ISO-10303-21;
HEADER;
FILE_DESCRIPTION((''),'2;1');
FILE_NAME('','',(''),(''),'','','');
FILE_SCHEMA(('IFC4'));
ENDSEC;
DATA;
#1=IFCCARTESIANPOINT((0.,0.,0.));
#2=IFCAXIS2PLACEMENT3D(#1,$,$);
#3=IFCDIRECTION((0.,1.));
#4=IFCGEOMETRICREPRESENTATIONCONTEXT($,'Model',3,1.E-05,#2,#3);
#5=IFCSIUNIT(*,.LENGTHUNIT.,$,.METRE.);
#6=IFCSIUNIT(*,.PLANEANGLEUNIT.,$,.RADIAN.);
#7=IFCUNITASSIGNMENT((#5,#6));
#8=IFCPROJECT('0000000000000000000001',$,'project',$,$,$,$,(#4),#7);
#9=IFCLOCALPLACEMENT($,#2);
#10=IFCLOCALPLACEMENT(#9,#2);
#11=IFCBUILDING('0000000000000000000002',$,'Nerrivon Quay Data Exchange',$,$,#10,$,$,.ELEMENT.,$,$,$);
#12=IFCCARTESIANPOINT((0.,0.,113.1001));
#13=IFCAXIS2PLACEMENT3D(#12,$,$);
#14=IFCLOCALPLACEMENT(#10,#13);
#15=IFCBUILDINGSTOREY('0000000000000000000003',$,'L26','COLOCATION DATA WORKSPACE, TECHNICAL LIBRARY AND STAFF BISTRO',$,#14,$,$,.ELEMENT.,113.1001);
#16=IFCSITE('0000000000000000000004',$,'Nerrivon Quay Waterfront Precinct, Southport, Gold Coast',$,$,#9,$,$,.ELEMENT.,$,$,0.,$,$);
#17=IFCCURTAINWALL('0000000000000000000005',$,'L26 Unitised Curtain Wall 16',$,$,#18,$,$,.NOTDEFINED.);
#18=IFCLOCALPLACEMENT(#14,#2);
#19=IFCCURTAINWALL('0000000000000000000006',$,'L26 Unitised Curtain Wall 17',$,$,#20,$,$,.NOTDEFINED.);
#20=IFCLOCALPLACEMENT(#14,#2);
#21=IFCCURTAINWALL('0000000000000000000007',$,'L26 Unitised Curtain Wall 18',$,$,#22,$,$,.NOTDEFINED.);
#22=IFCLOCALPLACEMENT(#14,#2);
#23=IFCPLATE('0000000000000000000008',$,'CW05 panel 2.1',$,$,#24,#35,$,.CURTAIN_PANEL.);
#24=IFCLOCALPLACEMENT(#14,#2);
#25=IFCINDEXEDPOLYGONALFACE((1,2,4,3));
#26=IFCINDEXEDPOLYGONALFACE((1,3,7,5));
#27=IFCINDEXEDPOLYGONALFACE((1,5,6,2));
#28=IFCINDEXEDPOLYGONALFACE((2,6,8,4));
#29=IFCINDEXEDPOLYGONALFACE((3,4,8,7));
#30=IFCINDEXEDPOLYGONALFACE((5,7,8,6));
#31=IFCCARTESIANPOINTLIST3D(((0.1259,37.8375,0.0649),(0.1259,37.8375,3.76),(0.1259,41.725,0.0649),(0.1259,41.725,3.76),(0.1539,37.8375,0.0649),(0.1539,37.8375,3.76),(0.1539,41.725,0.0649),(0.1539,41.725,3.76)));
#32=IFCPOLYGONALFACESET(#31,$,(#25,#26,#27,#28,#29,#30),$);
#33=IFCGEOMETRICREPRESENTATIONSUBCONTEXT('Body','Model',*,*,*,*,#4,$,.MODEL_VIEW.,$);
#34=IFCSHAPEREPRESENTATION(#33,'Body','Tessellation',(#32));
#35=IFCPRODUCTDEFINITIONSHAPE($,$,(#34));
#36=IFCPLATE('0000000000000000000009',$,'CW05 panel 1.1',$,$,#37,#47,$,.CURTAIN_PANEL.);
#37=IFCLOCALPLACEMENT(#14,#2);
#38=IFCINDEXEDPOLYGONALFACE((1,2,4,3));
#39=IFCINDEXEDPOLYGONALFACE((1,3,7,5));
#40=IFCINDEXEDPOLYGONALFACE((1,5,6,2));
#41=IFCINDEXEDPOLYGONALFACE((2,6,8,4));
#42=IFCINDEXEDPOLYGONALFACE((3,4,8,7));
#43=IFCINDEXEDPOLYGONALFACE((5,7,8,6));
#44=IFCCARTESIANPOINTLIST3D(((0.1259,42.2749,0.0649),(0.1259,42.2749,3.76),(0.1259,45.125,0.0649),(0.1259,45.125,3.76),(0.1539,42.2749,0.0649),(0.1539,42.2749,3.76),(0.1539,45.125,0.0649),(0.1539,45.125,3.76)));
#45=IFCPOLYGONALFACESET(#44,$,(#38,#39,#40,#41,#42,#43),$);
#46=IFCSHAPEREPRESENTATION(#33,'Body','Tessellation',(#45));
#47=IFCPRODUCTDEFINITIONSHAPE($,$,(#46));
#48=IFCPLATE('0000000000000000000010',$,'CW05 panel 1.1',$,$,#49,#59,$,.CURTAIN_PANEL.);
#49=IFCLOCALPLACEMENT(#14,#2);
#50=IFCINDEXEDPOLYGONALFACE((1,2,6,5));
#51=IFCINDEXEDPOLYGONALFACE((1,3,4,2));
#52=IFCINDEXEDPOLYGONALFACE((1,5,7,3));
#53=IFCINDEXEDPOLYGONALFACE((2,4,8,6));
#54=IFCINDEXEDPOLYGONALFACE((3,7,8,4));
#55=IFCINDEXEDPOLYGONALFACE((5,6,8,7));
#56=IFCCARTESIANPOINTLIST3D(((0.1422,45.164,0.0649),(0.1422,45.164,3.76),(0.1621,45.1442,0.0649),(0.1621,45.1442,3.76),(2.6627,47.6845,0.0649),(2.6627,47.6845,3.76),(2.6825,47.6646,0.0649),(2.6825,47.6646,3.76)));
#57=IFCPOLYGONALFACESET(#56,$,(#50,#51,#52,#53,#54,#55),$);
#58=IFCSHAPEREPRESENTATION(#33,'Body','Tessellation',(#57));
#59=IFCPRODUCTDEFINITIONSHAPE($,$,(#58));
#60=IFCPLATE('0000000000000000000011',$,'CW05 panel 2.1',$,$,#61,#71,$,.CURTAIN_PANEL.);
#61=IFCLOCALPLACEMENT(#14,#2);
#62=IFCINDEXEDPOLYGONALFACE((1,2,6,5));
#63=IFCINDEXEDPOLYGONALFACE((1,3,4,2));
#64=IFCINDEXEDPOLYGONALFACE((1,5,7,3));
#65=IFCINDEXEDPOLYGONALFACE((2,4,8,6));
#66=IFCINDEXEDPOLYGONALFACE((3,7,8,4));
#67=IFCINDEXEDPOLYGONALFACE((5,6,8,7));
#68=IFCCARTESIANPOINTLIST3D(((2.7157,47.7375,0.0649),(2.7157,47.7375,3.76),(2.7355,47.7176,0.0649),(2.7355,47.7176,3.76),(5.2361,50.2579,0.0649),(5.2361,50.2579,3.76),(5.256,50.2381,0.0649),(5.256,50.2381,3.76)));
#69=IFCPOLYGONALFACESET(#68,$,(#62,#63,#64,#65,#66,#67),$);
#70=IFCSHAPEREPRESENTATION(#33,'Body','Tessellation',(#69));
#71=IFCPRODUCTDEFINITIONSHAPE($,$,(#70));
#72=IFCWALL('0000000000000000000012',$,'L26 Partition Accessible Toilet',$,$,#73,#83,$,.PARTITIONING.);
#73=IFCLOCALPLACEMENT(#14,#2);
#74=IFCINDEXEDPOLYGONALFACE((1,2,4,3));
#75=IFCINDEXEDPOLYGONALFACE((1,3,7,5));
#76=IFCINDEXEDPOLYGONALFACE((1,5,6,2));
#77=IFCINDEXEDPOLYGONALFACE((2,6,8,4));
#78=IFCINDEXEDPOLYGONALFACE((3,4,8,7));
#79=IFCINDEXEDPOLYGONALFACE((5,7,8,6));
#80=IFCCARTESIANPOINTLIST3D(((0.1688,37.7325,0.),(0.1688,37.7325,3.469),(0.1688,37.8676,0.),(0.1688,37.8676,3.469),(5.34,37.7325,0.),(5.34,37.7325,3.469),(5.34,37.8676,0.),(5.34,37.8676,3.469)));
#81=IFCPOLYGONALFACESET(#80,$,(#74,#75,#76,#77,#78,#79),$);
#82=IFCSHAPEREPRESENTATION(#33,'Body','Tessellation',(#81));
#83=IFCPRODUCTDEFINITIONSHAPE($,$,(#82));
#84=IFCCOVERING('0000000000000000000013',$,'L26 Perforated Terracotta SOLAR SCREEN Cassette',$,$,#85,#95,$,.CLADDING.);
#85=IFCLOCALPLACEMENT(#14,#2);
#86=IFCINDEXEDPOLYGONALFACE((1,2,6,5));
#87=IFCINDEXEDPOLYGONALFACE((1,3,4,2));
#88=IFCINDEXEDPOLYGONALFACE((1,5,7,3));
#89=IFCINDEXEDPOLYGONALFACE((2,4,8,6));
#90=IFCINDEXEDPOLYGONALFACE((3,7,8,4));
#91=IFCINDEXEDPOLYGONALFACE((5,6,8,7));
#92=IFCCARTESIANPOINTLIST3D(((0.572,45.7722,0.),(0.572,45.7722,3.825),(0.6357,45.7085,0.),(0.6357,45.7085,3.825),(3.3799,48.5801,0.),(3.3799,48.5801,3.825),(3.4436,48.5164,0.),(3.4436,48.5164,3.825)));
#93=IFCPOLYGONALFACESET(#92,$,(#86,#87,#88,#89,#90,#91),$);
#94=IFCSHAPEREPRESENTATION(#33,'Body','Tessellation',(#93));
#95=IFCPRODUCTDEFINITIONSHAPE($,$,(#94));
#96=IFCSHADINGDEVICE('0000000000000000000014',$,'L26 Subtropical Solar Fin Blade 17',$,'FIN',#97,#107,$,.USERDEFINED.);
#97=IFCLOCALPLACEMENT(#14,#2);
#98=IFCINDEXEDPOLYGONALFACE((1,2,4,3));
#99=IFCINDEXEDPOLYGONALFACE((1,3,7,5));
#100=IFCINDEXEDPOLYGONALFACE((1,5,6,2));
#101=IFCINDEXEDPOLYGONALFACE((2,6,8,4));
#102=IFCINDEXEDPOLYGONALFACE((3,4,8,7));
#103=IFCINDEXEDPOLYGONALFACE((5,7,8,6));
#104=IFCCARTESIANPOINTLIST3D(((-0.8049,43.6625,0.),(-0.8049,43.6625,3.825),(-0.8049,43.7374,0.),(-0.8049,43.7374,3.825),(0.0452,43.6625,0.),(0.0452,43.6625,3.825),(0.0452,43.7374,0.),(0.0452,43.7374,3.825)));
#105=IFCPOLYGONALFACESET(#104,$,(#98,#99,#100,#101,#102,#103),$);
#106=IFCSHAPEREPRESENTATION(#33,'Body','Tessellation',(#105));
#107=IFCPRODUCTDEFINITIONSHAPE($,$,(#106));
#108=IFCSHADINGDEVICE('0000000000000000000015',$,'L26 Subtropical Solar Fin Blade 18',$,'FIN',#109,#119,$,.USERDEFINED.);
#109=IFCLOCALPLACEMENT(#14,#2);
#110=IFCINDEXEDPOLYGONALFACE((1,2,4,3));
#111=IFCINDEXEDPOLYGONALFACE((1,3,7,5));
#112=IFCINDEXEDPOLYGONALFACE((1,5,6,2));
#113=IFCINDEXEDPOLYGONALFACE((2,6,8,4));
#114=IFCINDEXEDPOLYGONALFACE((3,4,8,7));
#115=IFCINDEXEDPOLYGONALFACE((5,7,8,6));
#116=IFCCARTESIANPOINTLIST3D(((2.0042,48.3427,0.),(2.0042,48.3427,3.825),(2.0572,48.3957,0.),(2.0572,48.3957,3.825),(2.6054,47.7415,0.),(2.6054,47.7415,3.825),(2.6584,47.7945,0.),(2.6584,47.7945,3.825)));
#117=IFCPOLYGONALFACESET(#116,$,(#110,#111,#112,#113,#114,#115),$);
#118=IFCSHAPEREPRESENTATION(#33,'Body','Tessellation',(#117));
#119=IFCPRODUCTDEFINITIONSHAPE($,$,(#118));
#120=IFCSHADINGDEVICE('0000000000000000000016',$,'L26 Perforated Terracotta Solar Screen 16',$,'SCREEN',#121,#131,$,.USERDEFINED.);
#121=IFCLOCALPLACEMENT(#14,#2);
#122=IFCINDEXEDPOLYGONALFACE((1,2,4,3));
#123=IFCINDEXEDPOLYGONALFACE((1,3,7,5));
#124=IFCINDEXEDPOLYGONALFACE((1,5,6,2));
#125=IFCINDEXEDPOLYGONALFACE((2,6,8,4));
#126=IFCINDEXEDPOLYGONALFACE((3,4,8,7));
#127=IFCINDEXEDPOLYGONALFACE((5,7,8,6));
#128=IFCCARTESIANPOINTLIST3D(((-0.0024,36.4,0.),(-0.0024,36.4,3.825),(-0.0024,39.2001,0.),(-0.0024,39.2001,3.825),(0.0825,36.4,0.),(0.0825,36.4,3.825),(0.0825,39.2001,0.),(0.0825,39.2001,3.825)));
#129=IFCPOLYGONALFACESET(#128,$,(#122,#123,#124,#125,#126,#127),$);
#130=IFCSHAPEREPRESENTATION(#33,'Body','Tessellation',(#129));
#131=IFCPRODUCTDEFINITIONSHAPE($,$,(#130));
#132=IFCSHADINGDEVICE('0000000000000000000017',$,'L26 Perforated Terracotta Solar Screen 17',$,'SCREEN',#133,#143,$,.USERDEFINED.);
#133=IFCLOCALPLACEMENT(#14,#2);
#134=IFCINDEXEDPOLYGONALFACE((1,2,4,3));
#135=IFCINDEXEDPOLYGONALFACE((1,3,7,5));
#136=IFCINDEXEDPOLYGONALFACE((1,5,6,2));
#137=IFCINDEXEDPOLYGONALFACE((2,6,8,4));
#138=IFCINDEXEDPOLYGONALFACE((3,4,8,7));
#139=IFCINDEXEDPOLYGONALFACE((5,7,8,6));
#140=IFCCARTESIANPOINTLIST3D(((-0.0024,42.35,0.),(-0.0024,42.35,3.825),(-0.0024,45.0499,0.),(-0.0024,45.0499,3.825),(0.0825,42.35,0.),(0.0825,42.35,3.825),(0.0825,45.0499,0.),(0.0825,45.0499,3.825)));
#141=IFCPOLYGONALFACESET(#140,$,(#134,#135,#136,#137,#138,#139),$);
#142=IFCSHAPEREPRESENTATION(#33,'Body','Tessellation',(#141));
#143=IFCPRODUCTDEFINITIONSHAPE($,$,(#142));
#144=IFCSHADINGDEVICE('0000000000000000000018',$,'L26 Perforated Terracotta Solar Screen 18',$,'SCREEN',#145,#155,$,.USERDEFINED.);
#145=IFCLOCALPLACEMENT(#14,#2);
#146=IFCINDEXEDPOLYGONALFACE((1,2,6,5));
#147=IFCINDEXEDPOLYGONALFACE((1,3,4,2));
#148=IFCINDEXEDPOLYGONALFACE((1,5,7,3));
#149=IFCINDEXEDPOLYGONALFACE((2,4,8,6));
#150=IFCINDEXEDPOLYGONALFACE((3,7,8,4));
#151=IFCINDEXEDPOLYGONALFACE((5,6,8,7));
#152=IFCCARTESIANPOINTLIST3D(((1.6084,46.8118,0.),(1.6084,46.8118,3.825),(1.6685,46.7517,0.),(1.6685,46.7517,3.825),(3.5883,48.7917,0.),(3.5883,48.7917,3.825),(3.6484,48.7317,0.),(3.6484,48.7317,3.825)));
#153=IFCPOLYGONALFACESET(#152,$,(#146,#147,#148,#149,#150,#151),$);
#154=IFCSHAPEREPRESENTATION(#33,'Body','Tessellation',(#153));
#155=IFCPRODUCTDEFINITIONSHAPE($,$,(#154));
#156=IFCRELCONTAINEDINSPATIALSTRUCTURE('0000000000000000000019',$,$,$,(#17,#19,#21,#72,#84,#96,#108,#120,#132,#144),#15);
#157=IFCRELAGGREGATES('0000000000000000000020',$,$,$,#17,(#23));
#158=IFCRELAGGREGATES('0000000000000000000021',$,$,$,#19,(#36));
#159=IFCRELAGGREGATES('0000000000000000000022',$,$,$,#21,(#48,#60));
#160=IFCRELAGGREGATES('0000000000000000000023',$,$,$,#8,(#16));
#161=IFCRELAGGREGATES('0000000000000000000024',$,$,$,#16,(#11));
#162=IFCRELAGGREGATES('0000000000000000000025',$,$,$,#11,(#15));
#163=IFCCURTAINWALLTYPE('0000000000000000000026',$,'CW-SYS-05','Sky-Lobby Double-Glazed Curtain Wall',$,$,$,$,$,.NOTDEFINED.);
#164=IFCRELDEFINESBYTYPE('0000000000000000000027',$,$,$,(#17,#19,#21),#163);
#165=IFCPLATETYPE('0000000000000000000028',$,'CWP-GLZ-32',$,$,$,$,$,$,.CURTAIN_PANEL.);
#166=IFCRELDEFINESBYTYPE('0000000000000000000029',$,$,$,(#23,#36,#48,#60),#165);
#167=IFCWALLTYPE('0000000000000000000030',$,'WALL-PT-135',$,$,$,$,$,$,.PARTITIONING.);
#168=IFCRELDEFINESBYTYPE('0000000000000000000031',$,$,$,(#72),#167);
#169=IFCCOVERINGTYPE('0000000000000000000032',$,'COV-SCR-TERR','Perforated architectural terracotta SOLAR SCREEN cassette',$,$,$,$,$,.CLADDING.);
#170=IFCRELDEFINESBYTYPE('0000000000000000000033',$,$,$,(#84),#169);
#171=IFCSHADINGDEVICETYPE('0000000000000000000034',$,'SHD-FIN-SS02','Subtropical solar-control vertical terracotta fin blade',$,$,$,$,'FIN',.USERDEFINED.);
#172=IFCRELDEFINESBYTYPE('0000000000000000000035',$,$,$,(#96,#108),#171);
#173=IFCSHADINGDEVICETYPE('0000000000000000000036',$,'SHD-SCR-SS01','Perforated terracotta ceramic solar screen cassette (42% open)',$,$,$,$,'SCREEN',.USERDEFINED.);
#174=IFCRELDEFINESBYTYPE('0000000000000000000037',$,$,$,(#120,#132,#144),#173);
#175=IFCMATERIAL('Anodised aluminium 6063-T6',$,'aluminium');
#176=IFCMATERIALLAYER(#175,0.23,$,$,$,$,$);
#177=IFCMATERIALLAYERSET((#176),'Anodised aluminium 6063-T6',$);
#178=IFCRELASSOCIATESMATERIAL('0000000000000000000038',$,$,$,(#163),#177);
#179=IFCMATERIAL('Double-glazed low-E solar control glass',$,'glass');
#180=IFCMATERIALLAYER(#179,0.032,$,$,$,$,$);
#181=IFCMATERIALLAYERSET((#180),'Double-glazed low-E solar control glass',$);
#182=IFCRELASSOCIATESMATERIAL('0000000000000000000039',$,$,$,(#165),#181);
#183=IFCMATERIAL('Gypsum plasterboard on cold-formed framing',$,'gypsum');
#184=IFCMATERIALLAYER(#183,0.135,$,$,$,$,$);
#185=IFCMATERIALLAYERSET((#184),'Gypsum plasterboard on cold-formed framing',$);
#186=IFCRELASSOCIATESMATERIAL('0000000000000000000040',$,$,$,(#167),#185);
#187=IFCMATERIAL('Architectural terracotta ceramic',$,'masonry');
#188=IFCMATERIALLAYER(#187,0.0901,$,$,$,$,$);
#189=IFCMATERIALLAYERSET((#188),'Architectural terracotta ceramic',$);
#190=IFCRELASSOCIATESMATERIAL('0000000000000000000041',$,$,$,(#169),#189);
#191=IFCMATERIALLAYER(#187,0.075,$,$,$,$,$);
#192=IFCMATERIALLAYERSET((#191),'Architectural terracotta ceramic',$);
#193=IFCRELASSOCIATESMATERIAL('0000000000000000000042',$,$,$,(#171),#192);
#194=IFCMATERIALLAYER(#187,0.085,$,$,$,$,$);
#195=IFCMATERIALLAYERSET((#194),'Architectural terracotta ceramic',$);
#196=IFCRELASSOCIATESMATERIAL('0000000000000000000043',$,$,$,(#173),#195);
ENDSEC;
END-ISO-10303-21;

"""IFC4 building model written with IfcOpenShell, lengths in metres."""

from ifc_helpers import new_model, si_unit, direction, frame, frame_2d, origin, origin_2d, place, context, subcontext, project, spatial, rectangle, extrude, material, layer, layer_set, type_object, element, aggregate, save


model = new_model("IFC4")

# Units and contexts
model_context = context("Model", 3, precision=1e-05, world=origin(), true_north=direction((0.0, 1.0)))
body_context = subcontext(model_context, "Body", "Model", "MODEL_VIEW")
ifc_project = project(units=[si_unit("LENGTHUNIT", "METRE"), si_unit("PLANEANGLEUNIT", "RADIAN")], contexts=[model_context])

# Site, building, storey
site_placement = place(None, origin())
site = spatial("IfcSite", under=ifc_project, at=site_placement, Name="Nerrivon Quay Waterfront Precinct, Southport, Gold Coast", CompositionType="ELEMENT", RefElevation=0.0)
building_placement = place(site_placement, origin())
building = spatial("IfcBuilding", under=site, at=building_placement, Name="Nerrivon Quay Data Exchange", CompositionType="ELEMENT")
storey_placement = place(building_placement, frame((0.0, 0.0, 113.1001)))
storey = spatial("IfcBuildingStorey", under=building, at=storey_placement, Name="L26", Description="COLOCATION DATA WORKSPACE, TECHNICAL LIBRARY AND STAFF BISTRO", CompositionType="ELEMENT", Elevation=113.1001)

# Curtain walls
ifc_material_1 = material(Name="Anodised aluminium 6063-T6", Category="aluminium")
ifc_layer_1 = layer(ifc_material_1, 0.23)
ifc_layer_set_1 = layer_set([ifc_layer_1], Name="Anodised aluminium 6063-T6")
curtain_wall_type = type_object("IfcCurtainWallType", Name="CW-SYS-05", Description="Sky-Lobby Double-Glazed Curtain Wall", PredefinedType="NOTDEFINED", material=ifc_layer_set_1)
curtain_wall_1_placement = place(storey_placement, origin())
curtain_wall_1 = element("IfcCurtainWall", 1, at=curtain_wall_1_placement, inside=storey, type_object=curtain_wall_type, Name="L26 Unitised Curtain Wall 16", PredefinedType="NOTDEFINED")
curtain_wall_2_placement = place(storey_placement, origin())
curtain_wall_2 = element("IfcCurtainWall", 2, at=curtain_wall_2_placement, inside=storey, type_object=curtain_wall_type, Name="L26 Unitised Curtain Wall 17", PredefinedType="NOTDEFINED")
curtain_wall_3_placement = place(storey_placement, origin())
curtain_wall_3 = element("IfcCurtainWall", 3, at=curtain_wall_3_placement, inside=storey, type_object=curtain_wall_type, Name="L26 Unitised Curtain Wall 18", PredefinedType="NOTDEFINED")

# Plates
ifc_material_2 = material(Name="Double-glazed low-E solar control glass", Category="glass")
ifc_layer_2 = layer(ifc_material_2, 0.032)
ifc_layer_set_2 = layer_set([ifc_layer_2], Name="Double-glazed low-E solar control glass")
plate_type = type_object("IfcPlateType", Name="CWP-GLZ-32", PredefinedType="CURTAIN_PANEL", material=ifc_layer_set_2)
plate_1_placement = place(storey_placement, frame((0.1399, 39.7812, 0.0649), z_axis=(0.0, 0.0, 1.0), x_axis=(0.0, 1.0, 0.0)))
plate_1 = element("IfcPlate", 4, at=plate_1_placement, type_object=plate_type, Name="CW05 panel 2.1", PredefinedType="CURTAIN_PANEL", context=body_context, shape_type="SweptSolid", body=[
    extrude(rectangle(XDim=3.8875, YDim=0.0281, at=origin_2d()), origin(), (0.0, 0.0, 1.0), 3.6951),
])
aggregate(curtain_wall_1, [plate_1])
plate_2_placement = place(storey_placement, frame((0.1399, 43.7, 0.0649), z_axis=(0.0, 0.0, 1.0), x_axis=(0.0, 1.0, 0.0)))
plate_2 = element("IfcPlate", 5, at=plate_2_placement, type_object=plate_type, Name="CW05 panel 1.1", PredefinedType="CURTAIN_PANEL", context=body_context, shape_type="SweptSolid", body=[
    extrude(rectangle(XDim=2.8501, YDim=0.0281, at=origin_2d()), origin(), (0.0, 0.0, 1.0), 3.6951),
])
aggregate(curtain_wall_2, [plate_2])
plate_3_placement = place(storey_placement, frame((1.4124, 46.4143, 0.0649), z_axis=(0.0, 0.0, 1.0), x_axis=(0.707107, 0.707107, 0.0)))
plate_3 = element("IfcPlate", 6, at=plate_3_placement, type_object=plate_type, Name="CW05 panel 1.1", PredefinedType="CURTAIN_PANEL", context=body_context, shape_type="SweptSolid", body=[
    extrude(rectangle(XDim=3.5645, YDim=0.0281, at=origin_2d()), origin(), (0.0, 0.0, 1.0), 3.6951),
])
plate_4_placement = place(storey_placement, frame((3.9858, 48.9878, 0.0649), z_axis=(0.0, 0.0, 1.0), x_axis=(0.707107, 0.707107, 0.0)))
plate_4 = element("IfcPlate", 7, at=plate_4_placement, type_object=plate_type, Name="CW05 panel 2.1", PredefinedType="CURTAIN_PANEL", context=body_context, shape_type="SweptSolid", body=[
    extrude(rectangle(XDim=3.5645, YDim=0.0281, at=origin_2d()), origin(), (0.0, 0.0, 1.0), 3.6951),
])
aggregate(curtain_wall_3, [plate_3, plate_4])

# Wall
ifc_material_3 = material(Name="Gypsum plasterboard on cold-formed framing", Category="gypsum")
ifc_layer_3 = layer(ifc_material_3, 0.135)
ifc_layer_set_3 = layer_set([ifc_layer_3], Name="Gypsum plasterboard on cold-formed framing")
wall_type = type_object("IfcWallType", Name="WALL-PT-135", PredefinedType="PARTITIONING", material=ifc_layer_set_3)
wall_placement = place(storey_placement, frame((0.1689, 37.8, 0.0), z_axis=(0.0, 0.0, 1.0), x_axis=(1.0, 0.0, 0.0)))
element("IfcWall", 8, at=wall_placement, inside=storey, type_object=wall_type, Name="L26 Partition Accessible Toilet", PredefinedType="PARTITIONING", context=body_context, shape_type="SweptSolid", body=[
    extrude(rectangle(XDim=5.1711, YDim=0.135, at=frame_2d((2.5854, 0.0))), origin(), (0.0, 0.0, 1.0), 3.469),
])

# Covering
ifc_material_4 = material(Name="Architectural terracotta ceramic", Category="masonry")
ifc_layer_4 = layer(ifc_material_4, 0.0901)
ifc_layer_set_4 = layer_set([ifc_layer_4], Name="Architectural terracotta ceramic")
covering_type = type_object("IfcCoveringType", Name="COV-SCR-TERR", Description="Perforated architectural terracotta SOLAR SCREEN cassette", PredefinedType="CLADDING", material=ifc_layer_set_4)
covering_placement = place(storey_placement, frame((2.0078, 47.1443, 0.0), z_axis=(0.0, 0.0, 1.0), x_axis=(0.707107, 0.707107, 0.0)))
element("IfcCovering", 9, at=covering_placement, inside=storey, type_object=covering_type, Name="L26 Perforated Terracotta SOLAR SCREEN Cassette", PredefinedType="CLADDING", context=body_context, shape_type="SweptSolid", body=[
    extrude(rectangle(XDim=3.9709, YDim=0.0901, at=origin_2d()), origin(), (0.0, 0.0, 1.0), 3.825),
])

# Shading devices
ifc_layer_5 = layer(ifc_material_4, 0.075)
ifc_layer_set_5 = layer_set([ifc_layer_5], Name="Architectural terracotta ceramic")
shading_device_type_1 = type_object("IfcShadingDeviceType", Name="SHD-FIN-SS02", Description="Subtropical solar-control vertical terracotta fin blade", ElementType="FIN", PredefinedType="USERDEFINED", material=ifc_layer_set_5)
for number, where, z_axis, x_axis, name in (
    (10, (-0.3799, 43.7, 0.0), (0.0, 0.0, 1.0), (0.0, 1.0, 0.0), "L26 Subtropical Solar Fin Blade 17"),
    (11, (2.3313, 48.0686, 0.0), (0.0, 0.0, 1.0), (0.707107, 0.707107, 0.0), "L26 Subtropical Solar Fin Blade 18"),
):
    element("IfcShadingDevice", number, at=place(storey_placement, frame(where, z_axis=z_axis, x_axis=x_axis)), inside=storey, type_object=shading_device_type_1, Name=name, ObjectType="FIN", PredefinedType="USERDEFINED", context=body_context, shape_type="SweptSolid", body=[
        extrude(rectangle(XDim=0.075, YDim=0.8501, at=origin_2d()), origin(), (0.0, 0.0, 1.0), 3.825),
    ])
ifc_layer_6 = layer(ifc_material_4, 0.085)
ifc_layer_set_6 = layer_set([ifc_layer_6], Name="Architectural terracotta ceramic")
shading_device_type_2 = type_object("IfcShadingDeviceType", Name="SHD-SCR-SS01", Description="Perforated terracotta ceramic solar screen cassette (42% open)", ElementType="SCREEN", PredefinedType="USERDEFINED", material=ifc_layer_set_6)
shading_device_1_placement = place(storey_placement, frame((0.04, 37.8, 0.0), z_axis=(0.0, 0.0, 1.0), x_axis=(0.0, 1.0, 0.0)))
element("IfcShadingDevice", 12, at=shading_device_1_placement, inside=storey, type_object=shading_device_type_2, Name="L26 Perforated Terracotta Solar Screen 16", ObjectType="SCREEN", PredefinedType="USERDEFINED", context=body_context, shape_type="SweptSolid", body=[
    extrude(rectangle(XDim=2.8, YDim=0.085, at=origin_2d()), origin(), (0.0, 0.0, 1.0), 3.825),
])
shading_device_2_placement = place(storey_placement, frame((0.04, 43.7, 0.0), z_axis=(0.0, 0.0, 1.0), x_axis=(0.0, 1.0, 0.0)))
element("IfcShadingDevice", 13, at=shading_device_2_placement, inside=storey, type_object=shading_device_type_2, Name="L26 Perforated Terracotta Solar Screen 17", ObjectType="SCREEN", PredefinedType="USERDEFINED", context=body_context, shape_type="SweptSolid", body=[
    extrude(rectangle(XDim=2.7, YDim=0.085, at=origin_2d()), origin(), (0.0, 0.0, 1.0), 3.825),
])
shading_device_3_placement = place(storey_placement, frame((2.6284, 47.7717, 0.0), z_axis=(0.0, 0.0, 1.0), x_axis=(0.707107, 0.707107, 0.0)))
element("IfcShadingDevice", 14, at=shading_device_3_placement, inside=storey, type_object=shading_device_type_2, Name="L26 Perforated Terracotta Solar Screen 18", ObjectType="SCREEN", PredefinedType="USERDEFINED", context=body_context, shape_type="SweptSolid", body=[
    extrude(rectangle(XDim=2.8, YDim=0.085, at=origin_2d()), origin(), (0.0, 0.0, 1.0), 3.825),
])

save(model, "model.ifc")
